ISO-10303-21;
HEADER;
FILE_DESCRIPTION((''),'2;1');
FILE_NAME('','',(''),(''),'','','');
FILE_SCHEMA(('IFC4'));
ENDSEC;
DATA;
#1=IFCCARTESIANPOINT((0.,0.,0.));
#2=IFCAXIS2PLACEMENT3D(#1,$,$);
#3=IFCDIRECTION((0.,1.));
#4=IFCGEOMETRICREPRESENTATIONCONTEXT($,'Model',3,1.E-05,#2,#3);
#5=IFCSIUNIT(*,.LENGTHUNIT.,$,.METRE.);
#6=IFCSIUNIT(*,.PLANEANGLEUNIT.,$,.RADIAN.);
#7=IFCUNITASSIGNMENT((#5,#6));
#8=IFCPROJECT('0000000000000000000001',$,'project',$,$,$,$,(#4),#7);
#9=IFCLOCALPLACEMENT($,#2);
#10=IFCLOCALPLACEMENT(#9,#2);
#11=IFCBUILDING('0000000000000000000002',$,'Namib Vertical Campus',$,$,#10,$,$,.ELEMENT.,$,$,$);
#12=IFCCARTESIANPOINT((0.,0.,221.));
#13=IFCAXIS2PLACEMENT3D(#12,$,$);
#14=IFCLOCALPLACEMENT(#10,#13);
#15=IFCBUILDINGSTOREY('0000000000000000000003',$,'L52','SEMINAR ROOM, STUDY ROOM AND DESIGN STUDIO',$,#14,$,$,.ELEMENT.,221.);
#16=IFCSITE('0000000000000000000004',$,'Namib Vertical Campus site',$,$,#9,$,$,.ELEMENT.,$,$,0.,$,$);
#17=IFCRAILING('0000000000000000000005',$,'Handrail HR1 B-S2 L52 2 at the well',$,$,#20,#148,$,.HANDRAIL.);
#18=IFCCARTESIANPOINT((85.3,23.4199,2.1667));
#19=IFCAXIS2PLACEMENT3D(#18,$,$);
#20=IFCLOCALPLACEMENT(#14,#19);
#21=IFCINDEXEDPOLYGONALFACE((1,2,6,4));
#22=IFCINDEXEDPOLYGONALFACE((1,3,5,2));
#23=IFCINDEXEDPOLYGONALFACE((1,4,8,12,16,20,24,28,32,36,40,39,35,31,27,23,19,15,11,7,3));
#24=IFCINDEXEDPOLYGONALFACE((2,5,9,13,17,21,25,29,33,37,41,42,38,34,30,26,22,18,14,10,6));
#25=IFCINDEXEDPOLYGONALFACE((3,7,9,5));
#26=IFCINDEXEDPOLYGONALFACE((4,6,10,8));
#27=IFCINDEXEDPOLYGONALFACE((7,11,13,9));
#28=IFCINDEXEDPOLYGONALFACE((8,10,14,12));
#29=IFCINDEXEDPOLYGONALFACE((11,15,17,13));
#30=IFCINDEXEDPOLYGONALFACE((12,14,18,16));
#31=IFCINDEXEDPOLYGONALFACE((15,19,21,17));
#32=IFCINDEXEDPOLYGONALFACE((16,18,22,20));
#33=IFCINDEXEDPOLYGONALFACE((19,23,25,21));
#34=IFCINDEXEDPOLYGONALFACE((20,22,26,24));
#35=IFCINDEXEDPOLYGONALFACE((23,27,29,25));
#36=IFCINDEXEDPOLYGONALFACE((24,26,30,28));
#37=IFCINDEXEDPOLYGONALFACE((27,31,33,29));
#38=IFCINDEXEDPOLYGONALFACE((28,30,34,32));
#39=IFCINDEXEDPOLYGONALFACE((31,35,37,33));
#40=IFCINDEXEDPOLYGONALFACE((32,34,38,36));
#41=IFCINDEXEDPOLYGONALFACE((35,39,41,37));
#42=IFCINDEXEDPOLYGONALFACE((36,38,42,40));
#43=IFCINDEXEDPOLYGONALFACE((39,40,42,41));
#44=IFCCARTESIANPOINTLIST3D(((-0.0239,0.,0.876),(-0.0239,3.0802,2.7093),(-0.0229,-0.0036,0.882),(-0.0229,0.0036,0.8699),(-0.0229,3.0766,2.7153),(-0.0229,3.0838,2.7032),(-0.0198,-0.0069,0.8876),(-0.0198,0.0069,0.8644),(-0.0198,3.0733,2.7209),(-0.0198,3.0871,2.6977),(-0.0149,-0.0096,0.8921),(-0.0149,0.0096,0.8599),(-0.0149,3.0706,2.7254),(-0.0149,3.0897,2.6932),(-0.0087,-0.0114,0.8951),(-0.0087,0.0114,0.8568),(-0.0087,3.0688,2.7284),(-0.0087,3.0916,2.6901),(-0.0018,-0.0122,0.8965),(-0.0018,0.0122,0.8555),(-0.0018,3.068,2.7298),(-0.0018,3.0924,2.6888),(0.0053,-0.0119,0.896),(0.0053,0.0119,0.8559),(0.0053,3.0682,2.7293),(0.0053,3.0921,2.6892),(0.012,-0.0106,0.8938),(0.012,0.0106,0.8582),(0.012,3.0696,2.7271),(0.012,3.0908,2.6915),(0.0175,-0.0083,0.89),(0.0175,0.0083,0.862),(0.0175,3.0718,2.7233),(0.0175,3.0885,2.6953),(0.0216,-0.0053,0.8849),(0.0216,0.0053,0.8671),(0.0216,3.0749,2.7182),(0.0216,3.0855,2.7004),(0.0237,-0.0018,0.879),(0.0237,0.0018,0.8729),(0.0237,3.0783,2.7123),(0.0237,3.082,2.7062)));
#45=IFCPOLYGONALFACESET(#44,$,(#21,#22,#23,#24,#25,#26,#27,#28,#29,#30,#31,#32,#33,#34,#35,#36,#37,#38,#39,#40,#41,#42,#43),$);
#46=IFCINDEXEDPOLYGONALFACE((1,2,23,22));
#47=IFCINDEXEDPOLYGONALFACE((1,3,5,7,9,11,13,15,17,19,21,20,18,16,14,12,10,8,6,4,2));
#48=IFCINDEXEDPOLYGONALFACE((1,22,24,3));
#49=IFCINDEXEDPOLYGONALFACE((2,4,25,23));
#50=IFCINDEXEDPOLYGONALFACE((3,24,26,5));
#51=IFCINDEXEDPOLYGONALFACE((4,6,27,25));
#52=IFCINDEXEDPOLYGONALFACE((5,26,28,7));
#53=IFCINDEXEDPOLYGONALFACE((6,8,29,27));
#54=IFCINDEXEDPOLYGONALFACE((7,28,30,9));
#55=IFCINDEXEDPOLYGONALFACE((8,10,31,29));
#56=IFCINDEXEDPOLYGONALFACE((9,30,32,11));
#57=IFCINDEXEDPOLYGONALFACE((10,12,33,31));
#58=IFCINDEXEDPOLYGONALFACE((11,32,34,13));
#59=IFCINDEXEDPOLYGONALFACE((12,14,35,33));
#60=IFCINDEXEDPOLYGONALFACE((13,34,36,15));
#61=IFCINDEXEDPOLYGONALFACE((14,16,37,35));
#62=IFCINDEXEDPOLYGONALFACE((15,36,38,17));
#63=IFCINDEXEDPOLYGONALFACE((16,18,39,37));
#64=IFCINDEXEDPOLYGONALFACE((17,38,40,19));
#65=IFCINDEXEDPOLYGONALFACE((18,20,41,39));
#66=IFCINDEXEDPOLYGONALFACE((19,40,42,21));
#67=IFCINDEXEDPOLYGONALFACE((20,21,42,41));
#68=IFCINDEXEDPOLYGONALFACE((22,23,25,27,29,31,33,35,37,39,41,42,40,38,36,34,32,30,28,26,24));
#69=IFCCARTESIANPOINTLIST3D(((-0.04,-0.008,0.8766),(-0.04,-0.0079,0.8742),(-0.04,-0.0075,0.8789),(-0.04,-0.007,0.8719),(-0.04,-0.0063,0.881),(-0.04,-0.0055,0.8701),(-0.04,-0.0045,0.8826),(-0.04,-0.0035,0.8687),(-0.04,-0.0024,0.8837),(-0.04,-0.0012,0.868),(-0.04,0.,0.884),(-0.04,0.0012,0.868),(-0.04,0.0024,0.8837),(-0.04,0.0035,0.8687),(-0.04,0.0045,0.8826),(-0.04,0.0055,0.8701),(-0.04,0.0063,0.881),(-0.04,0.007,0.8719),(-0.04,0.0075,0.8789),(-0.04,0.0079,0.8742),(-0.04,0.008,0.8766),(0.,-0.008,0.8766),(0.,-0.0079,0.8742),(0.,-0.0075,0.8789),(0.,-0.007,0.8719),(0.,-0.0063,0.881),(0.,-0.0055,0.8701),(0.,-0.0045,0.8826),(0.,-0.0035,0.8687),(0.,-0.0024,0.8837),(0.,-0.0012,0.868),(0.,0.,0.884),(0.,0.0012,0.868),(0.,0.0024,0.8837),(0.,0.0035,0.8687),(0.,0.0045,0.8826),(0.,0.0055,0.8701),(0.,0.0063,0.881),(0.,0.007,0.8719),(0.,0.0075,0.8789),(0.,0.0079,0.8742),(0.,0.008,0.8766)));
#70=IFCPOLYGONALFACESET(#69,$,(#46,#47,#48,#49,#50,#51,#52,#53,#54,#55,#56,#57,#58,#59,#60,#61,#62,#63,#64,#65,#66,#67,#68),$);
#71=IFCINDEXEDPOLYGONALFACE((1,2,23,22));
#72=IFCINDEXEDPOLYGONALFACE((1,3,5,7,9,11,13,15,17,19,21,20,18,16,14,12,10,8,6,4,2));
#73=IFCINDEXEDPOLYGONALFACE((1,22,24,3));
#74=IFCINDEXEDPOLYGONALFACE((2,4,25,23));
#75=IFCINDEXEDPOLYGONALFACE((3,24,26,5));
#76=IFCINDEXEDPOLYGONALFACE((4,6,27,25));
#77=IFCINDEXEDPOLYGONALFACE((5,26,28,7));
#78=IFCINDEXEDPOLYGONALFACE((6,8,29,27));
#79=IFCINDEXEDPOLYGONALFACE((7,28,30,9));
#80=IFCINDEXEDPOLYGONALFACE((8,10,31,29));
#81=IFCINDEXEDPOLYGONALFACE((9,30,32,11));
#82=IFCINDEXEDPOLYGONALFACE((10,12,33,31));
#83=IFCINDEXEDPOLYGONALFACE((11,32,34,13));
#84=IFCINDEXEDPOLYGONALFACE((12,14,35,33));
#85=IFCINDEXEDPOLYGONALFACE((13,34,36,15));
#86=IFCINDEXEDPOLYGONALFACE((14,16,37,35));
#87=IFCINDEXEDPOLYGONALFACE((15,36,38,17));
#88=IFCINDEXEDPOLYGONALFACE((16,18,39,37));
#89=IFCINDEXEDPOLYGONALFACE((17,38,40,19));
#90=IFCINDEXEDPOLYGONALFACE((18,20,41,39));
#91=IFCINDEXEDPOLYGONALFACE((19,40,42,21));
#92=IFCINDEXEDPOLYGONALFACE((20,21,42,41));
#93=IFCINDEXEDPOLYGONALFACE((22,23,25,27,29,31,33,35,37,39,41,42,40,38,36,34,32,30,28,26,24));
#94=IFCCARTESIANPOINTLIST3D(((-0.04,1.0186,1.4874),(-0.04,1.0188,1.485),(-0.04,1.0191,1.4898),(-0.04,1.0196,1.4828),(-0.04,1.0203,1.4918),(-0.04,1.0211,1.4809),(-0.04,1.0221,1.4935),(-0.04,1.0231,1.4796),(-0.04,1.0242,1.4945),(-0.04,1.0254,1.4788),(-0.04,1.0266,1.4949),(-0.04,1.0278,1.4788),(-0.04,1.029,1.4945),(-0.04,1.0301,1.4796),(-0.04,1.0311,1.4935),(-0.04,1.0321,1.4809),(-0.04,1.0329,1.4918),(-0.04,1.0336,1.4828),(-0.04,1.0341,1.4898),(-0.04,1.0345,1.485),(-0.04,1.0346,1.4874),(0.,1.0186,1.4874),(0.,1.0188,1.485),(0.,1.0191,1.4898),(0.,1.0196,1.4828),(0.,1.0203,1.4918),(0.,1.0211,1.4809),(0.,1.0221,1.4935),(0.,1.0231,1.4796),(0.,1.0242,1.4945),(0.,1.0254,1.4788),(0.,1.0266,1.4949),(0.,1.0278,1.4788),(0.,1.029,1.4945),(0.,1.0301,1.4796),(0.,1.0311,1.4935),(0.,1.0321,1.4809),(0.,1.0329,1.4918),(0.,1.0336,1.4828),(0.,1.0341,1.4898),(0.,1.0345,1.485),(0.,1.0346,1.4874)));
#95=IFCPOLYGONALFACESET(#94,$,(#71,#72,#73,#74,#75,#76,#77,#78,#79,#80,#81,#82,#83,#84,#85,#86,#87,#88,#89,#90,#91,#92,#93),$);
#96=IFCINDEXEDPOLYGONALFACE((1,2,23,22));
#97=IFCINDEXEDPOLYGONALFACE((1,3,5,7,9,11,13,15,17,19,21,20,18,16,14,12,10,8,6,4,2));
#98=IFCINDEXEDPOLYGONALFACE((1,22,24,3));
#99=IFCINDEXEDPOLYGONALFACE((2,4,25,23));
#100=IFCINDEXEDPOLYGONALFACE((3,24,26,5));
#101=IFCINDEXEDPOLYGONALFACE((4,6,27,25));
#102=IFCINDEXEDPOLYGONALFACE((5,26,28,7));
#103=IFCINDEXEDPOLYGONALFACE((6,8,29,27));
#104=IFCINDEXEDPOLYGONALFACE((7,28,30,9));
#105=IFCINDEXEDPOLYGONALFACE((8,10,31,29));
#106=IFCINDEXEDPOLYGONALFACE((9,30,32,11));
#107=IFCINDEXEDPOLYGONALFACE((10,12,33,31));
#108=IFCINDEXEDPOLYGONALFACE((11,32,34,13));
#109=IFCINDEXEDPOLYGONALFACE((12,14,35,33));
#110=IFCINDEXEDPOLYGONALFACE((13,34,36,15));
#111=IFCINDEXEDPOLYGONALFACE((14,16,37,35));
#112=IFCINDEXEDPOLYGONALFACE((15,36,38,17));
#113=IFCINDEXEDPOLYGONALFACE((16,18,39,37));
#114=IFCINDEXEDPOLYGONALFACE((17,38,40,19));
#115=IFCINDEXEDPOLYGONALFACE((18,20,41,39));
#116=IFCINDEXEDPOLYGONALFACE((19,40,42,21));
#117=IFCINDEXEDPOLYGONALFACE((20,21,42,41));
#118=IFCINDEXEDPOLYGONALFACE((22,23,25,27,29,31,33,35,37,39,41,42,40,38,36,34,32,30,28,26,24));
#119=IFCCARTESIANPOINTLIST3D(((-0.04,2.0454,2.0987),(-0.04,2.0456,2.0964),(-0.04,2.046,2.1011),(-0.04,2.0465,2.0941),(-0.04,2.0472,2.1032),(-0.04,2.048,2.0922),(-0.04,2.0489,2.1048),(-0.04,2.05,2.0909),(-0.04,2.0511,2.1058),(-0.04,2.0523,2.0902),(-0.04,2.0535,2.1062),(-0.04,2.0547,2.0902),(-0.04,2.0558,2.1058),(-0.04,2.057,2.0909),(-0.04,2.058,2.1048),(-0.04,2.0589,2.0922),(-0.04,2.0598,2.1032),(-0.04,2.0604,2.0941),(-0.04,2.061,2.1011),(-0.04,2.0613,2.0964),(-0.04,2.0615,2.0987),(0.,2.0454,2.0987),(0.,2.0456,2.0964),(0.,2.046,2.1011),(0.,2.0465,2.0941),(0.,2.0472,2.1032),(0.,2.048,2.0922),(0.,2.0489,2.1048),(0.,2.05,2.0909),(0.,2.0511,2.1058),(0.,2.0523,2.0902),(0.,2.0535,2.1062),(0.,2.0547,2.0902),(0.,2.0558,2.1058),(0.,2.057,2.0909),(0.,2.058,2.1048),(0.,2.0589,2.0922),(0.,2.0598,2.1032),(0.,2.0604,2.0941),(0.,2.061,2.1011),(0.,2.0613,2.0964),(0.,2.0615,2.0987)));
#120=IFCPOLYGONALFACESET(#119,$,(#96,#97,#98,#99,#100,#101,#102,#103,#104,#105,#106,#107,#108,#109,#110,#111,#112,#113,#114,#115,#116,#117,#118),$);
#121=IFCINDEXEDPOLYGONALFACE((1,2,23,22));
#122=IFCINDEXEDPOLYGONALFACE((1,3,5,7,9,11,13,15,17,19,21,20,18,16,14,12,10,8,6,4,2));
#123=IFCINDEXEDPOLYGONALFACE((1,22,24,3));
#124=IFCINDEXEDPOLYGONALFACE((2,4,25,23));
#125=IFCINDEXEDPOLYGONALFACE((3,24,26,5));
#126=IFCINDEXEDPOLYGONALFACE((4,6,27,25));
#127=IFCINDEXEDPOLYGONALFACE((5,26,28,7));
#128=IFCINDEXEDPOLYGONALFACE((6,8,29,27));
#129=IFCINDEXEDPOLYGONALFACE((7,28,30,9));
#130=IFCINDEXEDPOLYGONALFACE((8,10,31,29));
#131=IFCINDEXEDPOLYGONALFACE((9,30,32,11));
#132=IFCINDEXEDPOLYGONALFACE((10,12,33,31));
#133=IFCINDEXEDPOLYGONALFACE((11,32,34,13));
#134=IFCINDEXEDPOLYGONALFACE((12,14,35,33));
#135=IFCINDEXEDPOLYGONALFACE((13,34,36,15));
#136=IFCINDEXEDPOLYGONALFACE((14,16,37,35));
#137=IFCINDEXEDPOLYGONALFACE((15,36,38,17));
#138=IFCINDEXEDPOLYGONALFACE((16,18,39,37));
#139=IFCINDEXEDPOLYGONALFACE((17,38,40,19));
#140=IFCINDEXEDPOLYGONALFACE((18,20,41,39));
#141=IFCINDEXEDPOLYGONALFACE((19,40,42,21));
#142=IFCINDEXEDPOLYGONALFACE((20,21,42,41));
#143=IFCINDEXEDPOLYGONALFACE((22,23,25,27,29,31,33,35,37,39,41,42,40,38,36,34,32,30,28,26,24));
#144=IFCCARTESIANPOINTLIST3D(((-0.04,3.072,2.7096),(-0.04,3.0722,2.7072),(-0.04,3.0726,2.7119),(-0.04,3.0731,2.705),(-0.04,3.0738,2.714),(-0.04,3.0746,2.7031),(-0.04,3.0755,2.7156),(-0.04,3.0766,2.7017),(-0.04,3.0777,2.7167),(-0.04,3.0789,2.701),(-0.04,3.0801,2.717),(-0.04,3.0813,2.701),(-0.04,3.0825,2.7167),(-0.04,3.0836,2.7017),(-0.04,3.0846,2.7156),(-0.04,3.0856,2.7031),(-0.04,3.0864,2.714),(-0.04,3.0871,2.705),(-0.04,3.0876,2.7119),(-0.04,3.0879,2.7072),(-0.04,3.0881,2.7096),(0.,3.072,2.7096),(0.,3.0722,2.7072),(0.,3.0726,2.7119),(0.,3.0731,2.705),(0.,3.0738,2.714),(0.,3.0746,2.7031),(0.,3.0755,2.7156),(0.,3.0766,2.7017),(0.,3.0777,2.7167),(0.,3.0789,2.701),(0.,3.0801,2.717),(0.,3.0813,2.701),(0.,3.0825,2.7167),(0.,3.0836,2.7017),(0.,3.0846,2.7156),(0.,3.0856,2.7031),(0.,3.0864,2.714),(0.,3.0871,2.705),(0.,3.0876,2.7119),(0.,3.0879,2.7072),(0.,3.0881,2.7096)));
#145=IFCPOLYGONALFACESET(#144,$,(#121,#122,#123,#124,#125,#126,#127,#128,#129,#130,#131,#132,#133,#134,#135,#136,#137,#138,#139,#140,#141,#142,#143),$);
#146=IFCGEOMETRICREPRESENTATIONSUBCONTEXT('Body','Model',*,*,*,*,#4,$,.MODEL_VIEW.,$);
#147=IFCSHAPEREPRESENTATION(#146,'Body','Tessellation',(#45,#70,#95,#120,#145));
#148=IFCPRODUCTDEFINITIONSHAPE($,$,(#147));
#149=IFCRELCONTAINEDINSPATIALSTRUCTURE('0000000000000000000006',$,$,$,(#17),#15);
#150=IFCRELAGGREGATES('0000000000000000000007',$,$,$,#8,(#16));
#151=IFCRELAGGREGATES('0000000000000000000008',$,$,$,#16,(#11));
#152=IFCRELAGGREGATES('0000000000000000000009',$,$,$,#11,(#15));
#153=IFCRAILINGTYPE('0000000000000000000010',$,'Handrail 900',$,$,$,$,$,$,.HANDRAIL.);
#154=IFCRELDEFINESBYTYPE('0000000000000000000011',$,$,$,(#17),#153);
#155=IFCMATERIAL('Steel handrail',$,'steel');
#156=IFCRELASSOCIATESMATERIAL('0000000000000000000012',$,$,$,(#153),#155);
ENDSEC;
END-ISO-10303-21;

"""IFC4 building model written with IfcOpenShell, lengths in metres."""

from ifc_helpers import new_model, si_unit, direction, frame, origin, origin_2d, place, context, subcontext, project, spatial, circle, extrude, material, type_object, element, save


model = new_model("IFC4")

# Units and contexts
model_context = context("Model", 3, precision=1e-05, world=origin(), true_north=direction((0.0, 1.0)))
body_context = subcontext(model_context, "Body", "Model", "MODEL_VIEW")
ifc_project = project(units=[si_unit("LENGTHUNIT", "METRE"), si_unit("PLANEANGLEUNIT", "RADIAN")], contexts=[model_context])

# Site, building, storey
site_placement = place(None, origin())
site = spatial("IfcSite", under=ifc_project, at=site_placement, Name="Namib Vertical Campus site", CompositionType="ELEMENT", RefElevation=0.0)
building_placement = place(site_placement, origin())
building = spatial("IfcBuilding", under=site, at=building_placement, Name="Namib Vertical Campus", CompositionType="ELEMENT")
storey_placement = place(building_placement, frame((0.0, 0.0, 221.0)))
storey = spatial("IfcBuildingStorey", under=building, at=storey_placement, Name="L52", Description="SEMINAR ROOM, STUDY ROOM AND DESIGN STUDIO", CompositionType="ELEMENT", Elevation=221.0)

# Railing
ifc_material_1 = material(Name="Steel handrail", Category="steel")
railing_type_1 = type_object("IfcRailingType", Name="Handrail 900", PredefinedType="HANDRAIL", material=ifc_material_1)
railing_1_placement = place(storey_placement, frame((85.3, 23.4199, 2.1667)))
element("IfcRailing", 1, at=railing_1_placement, inside=storey, type_object=railing_type_1, Name="Handrail HR1 B-S2 L52 2 at the well", PredefinedType="HANDRAIL", context=body_context, shape_type="SweptSolid", body=[
    extrude(circle(Radius=0.0239, at=origin_2d()), frame((0.0, 0.0, 0.876), z_axis=(0.0, 0.859309, 0.511458), x_axis=(-1.0, 0.0, 0.0)), (0.0, 0.0, 1.0), 3.5845),
    extrude(circle(Radius=0.0081, at=origin_2d()), frame((0.0, 0.0, 0.876), z_axis=(-1.0, 0.0, 0.0), x_axis=(0.0, 0.0, 1.0)), (0.0, 0.0, 1.0), 0.04),
    extrude(circle(Radius=0.0081, at=origin_2d()), frame((0.0, 1.0266, 1.4868), z_axis=(-1.0, 0.0, 0.0), x_axis=(0.0, 0.0, 1.0)), (0.0, 0.0, 1.0), 0.04),
    extrude(circle(Radius=0.0081, at=origin_2d()), frame((0.0, 2.0535, 2.0981), z_axis=(-1.0, 0.0, 0.0), x_axis=(0.0, 0.0, 1.0)), (0.0, 0.0, 1.0), 0.04),
    extrude(circle(Radius=0.0081, at=origin_2d()), frame((0.0, 3.0801, 2.709), z_axis=(-1.0, 0.0, 0.0), x_axis=(0.0, 0.0, 1.0)), (0.0, 0.0, 1.0), 0.04),
])

save(model, "model.ifc")
